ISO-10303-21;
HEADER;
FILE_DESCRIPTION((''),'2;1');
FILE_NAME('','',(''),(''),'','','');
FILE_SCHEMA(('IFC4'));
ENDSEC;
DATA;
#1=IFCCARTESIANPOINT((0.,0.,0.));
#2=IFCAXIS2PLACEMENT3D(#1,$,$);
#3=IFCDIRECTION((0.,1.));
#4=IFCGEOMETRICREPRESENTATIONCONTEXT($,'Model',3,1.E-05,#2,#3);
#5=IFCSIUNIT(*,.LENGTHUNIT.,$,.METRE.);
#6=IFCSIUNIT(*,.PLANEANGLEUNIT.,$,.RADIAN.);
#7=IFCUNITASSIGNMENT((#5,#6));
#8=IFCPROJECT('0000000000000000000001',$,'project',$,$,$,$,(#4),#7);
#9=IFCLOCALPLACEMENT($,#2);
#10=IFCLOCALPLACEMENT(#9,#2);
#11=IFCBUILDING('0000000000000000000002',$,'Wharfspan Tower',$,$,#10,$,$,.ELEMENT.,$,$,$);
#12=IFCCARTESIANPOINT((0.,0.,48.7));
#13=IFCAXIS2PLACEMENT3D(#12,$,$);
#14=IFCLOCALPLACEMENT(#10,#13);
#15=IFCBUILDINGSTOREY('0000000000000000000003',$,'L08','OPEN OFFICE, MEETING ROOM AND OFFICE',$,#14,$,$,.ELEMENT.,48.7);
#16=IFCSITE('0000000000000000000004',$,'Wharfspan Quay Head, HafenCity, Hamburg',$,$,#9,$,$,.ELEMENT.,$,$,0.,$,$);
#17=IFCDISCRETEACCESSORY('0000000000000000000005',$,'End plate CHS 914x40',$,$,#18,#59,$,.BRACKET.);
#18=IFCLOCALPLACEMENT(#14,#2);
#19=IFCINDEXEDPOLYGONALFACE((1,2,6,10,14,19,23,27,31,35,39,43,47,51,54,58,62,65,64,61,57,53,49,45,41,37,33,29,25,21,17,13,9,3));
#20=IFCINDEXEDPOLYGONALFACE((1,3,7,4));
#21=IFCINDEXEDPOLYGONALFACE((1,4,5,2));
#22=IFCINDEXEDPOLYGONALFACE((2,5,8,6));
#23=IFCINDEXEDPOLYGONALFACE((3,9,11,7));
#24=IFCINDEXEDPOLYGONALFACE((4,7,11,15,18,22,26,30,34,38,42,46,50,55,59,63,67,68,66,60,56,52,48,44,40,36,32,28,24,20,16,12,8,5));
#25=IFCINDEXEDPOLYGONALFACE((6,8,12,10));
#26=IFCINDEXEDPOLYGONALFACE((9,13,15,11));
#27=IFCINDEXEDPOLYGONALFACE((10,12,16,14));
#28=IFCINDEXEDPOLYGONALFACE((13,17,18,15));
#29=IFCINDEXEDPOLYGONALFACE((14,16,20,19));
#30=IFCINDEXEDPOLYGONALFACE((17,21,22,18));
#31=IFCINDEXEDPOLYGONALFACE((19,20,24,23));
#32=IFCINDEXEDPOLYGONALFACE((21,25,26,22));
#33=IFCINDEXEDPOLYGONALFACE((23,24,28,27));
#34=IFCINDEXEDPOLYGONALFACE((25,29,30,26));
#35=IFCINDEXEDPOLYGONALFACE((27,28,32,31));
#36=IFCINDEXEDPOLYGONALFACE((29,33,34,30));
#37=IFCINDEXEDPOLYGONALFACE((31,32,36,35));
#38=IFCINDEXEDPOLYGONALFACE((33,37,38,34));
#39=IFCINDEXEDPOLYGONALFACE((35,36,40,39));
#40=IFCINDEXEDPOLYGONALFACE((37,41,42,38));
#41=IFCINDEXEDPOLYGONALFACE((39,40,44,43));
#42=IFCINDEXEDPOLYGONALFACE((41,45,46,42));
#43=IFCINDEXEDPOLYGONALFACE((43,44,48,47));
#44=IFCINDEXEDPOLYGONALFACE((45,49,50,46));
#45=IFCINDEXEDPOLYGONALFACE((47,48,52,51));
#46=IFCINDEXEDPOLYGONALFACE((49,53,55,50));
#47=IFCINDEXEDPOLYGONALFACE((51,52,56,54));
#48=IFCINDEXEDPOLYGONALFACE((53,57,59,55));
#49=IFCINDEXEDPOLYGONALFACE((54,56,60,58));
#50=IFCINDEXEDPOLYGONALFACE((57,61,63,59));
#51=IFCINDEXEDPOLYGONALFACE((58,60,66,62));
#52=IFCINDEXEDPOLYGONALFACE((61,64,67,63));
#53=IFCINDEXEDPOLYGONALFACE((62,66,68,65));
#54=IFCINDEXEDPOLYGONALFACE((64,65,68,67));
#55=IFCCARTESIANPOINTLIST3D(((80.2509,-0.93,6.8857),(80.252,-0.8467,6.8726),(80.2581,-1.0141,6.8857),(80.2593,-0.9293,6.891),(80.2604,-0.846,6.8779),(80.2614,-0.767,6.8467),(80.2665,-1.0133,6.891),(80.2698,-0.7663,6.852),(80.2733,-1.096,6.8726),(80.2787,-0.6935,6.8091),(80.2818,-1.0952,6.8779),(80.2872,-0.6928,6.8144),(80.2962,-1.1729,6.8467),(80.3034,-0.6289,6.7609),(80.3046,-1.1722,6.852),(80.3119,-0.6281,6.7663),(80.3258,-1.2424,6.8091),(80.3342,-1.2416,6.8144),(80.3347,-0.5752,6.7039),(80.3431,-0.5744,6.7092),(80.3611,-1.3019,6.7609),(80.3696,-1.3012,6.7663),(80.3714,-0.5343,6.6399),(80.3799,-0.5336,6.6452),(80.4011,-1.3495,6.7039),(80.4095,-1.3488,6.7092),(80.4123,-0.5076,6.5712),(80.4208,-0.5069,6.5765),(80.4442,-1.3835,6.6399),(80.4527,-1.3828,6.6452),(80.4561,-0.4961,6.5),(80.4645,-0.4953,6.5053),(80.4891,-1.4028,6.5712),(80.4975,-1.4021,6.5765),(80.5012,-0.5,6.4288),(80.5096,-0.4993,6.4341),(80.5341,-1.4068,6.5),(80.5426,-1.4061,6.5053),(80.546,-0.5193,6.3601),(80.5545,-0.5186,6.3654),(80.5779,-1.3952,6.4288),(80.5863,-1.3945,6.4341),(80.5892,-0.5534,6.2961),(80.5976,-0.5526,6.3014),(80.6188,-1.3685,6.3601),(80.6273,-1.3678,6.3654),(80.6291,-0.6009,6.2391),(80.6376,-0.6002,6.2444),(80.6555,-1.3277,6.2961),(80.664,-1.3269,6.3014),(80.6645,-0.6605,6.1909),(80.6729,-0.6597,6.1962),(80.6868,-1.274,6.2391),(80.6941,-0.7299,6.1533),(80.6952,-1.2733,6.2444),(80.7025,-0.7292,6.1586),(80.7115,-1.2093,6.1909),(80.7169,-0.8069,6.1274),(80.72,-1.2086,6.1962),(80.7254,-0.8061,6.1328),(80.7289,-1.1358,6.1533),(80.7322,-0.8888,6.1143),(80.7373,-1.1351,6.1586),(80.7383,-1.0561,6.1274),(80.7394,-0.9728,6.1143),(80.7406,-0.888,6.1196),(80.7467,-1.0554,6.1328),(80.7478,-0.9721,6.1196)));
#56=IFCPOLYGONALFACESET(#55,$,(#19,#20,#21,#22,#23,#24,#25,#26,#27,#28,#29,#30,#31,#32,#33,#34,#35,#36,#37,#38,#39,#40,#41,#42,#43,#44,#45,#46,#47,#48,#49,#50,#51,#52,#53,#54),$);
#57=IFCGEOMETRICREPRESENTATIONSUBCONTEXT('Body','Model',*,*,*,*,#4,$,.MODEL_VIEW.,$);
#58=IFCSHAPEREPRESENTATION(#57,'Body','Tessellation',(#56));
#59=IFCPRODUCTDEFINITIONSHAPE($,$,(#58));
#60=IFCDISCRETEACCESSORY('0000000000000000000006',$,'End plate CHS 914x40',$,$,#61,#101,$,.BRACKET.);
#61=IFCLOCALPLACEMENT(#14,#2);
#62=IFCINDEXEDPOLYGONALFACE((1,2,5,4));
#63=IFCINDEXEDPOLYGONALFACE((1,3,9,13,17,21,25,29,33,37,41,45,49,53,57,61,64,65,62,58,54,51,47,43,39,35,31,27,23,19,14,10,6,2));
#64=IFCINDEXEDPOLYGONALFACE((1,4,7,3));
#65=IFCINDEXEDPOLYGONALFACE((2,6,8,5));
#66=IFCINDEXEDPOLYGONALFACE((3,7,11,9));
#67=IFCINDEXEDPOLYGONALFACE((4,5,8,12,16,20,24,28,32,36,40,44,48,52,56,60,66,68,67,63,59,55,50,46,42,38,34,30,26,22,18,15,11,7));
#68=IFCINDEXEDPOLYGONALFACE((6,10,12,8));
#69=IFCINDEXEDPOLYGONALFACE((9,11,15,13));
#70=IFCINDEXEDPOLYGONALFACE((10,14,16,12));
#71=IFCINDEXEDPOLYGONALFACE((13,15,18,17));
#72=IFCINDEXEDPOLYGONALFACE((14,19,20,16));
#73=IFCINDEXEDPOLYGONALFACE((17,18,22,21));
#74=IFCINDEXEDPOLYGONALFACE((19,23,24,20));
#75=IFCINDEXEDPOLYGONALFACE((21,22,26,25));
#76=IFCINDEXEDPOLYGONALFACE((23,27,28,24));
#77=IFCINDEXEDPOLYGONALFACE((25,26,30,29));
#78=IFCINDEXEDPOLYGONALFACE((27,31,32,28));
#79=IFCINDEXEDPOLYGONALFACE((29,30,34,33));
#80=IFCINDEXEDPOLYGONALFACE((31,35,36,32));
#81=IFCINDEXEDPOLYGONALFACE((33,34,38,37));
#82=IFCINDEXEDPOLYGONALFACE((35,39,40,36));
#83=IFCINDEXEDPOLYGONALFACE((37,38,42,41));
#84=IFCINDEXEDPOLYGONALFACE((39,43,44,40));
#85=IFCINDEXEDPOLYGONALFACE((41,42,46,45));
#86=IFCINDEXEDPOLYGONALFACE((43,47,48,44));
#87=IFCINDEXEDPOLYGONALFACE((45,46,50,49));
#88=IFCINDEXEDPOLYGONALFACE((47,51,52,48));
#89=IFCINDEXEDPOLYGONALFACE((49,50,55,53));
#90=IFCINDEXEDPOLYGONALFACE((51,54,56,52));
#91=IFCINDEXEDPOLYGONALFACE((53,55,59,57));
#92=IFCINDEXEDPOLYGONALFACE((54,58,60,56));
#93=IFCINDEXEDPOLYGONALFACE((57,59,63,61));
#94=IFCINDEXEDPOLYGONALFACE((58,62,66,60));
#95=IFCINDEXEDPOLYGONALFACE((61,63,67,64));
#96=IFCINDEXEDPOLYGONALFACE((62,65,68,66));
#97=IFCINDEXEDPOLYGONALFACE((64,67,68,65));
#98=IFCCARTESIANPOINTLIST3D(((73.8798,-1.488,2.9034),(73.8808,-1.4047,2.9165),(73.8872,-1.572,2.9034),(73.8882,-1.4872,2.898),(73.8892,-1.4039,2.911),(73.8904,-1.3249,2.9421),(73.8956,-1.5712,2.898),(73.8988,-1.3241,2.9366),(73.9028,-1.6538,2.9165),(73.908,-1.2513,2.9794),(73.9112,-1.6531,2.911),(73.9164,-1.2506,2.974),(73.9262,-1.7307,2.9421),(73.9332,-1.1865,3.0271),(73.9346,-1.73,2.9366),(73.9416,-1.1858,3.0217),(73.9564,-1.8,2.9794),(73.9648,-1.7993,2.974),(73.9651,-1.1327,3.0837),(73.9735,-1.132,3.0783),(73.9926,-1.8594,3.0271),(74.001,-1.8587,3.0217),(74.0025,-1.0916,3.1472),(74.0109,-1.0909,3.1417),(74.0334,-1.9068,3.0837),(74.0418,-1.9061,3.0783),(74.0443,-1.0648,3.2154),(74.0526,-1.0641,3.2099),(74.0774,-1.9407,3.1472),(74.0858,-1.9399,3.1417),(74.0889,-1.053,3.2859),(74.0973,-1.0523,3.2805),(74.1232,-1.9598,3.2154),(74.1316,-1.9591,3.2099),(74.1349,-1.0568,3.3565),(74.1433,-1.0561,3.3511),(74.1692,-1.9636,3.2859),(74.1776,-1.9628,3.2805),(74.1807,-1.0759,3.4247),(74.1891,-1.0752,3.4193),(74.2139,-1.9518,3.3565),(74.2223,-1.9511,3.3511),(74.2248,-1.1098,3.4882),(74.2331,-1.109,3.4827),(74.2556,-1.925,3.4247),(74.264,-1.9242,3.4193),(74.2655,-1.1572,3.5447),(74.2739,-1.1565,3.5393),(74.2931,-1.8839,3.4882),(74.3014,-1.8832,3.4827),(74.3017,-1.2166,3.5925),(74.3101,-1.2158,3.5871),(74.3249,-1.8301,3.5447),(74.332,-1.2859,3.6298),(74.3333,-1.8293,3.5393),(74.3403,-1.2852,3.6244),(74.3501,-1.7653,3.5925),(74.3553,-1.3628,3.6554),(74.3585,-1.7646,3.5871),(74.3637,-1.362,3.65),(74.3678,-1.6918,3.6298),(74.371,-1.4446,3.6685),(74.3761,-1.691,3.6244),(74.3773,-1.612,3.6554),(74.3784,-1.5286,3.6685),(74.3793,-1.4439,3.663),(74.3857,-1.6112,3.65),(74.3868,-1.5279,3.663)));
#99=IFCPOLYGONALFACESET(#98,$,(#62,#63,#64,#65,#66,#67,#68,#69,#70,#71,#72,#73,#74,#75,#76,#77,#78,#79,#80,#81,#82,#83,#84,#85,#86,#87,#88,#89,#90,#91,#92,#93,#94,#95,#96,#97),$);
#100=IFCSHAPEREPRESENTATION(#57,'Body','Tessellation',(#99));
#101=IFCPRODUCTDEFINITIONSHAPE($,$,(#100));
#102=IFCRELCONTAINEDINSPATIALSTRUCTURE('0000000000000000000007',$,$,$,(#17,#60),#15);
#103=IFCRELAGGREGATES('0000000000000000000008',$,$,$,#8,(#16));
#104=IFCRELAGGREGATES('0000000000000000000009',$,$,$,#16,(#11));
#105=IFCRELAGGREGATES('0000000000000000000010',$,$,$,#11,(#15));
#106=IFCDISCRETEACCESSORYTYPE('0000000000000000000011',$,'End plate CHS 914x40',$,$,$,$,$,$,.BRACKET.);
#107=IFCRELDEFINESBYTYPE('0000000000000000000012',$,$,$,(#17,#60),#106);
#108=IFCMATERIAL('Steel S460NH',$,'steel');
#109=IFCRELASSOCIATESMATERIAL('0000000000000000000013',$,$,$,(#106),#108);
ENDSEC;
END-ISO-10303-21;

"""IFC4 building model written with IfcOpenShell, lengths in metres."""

from ifc_helpers import new_model, si_unit, direction, frame, origin, origin_2d, place, context, subcontext, project, spatial, circle, extrude, material, material_profile, profile_set, type_object, element, save


model = new_model("IFC4")

# Units and contexts
model_context = context("Model", 3, precision=1e-05, world=origin(), true_north=direction((0.0, 1.0)))
body_context = subcontext(model_context, "Body", "Model", "MODEL_VIEW")
ifc_project = project(units=[si_unit("LENGTHUNIT", "METRE"), si_unit("PLANEANGLEUNIT", "RADIAN")], contexts=[model_context])

# Site, building, storey
site_placement = place(None, origin())
site = spatial("IfcSite", under=ifc_project, at=site_placement, Name="Wharfspan Quay Head, HafenCity, Hamburg", CompositionType="ELEMENT", RefElevation=0.0)
building_placement = place(site_placement, origin())
building = spatial("IfcBuilding", under=site, at=building_placement, Name="Wharfspan Tower", CompositionType="ELEMENT")
storey_placement = place(building_placement, frame((0.0, 0.0, 48.7)))
storey = spatial("IfcBuildingStorey", under=building, at=storey_placement, Name="L08", Description="OPEN OFFICE, MEETING ROOM AND OFFICE", CompositionType="ELEMENT", Elevation=48.7)

# Shared definitions
ifc_material_1 = material(Name="Steel S460NH", Category="steel")

# Discrete accessories
ifc_material_profile_1 = material_profile(ifc_material_1, circle(Radius=0.457, at=origin_2d()))
ifc_profile_set_1 = profile_set([ifc_material_profile_1], Name="Steel S460NH")
discrete_accessory_type = type_object("IfcDiscreteAccessoryType", Name="End plate CHS 914x40", PredefinedType="BRACKET", material=ifc_profile_set_1)
for number, where, z_axis, x_axis, name in (
    (1, (80.4951, -0.9514, 6.5), (0.844416, 0.072379, 0.530776), (-0.085402, 0.99635, 0.0), "End plate CHS 914x40"),
    (2, (74.1375, -1.5076, 3.2805), (-0.837276, -0.073877, 0.541767), (0.087893, -0.996132, -0.000001), "End plate CHS 914x40"),
):
    element("IfcDiscreteAccessory", number, at=place(storey_placement, frame(where, z_axis=z_axis, x_axis=x_axis)), inside=storey, type_object=discrete_accessory_type, Name=name, PredefinedType="BRACKET", context=body_context, shape_type="SweptSolid", body=[
        extrude(circle(Radius=0.457, at=origin_2d()), origin(), (0.0, 0.0, 1.0), 0.01),
    ])

save(model, "model.ifc")
